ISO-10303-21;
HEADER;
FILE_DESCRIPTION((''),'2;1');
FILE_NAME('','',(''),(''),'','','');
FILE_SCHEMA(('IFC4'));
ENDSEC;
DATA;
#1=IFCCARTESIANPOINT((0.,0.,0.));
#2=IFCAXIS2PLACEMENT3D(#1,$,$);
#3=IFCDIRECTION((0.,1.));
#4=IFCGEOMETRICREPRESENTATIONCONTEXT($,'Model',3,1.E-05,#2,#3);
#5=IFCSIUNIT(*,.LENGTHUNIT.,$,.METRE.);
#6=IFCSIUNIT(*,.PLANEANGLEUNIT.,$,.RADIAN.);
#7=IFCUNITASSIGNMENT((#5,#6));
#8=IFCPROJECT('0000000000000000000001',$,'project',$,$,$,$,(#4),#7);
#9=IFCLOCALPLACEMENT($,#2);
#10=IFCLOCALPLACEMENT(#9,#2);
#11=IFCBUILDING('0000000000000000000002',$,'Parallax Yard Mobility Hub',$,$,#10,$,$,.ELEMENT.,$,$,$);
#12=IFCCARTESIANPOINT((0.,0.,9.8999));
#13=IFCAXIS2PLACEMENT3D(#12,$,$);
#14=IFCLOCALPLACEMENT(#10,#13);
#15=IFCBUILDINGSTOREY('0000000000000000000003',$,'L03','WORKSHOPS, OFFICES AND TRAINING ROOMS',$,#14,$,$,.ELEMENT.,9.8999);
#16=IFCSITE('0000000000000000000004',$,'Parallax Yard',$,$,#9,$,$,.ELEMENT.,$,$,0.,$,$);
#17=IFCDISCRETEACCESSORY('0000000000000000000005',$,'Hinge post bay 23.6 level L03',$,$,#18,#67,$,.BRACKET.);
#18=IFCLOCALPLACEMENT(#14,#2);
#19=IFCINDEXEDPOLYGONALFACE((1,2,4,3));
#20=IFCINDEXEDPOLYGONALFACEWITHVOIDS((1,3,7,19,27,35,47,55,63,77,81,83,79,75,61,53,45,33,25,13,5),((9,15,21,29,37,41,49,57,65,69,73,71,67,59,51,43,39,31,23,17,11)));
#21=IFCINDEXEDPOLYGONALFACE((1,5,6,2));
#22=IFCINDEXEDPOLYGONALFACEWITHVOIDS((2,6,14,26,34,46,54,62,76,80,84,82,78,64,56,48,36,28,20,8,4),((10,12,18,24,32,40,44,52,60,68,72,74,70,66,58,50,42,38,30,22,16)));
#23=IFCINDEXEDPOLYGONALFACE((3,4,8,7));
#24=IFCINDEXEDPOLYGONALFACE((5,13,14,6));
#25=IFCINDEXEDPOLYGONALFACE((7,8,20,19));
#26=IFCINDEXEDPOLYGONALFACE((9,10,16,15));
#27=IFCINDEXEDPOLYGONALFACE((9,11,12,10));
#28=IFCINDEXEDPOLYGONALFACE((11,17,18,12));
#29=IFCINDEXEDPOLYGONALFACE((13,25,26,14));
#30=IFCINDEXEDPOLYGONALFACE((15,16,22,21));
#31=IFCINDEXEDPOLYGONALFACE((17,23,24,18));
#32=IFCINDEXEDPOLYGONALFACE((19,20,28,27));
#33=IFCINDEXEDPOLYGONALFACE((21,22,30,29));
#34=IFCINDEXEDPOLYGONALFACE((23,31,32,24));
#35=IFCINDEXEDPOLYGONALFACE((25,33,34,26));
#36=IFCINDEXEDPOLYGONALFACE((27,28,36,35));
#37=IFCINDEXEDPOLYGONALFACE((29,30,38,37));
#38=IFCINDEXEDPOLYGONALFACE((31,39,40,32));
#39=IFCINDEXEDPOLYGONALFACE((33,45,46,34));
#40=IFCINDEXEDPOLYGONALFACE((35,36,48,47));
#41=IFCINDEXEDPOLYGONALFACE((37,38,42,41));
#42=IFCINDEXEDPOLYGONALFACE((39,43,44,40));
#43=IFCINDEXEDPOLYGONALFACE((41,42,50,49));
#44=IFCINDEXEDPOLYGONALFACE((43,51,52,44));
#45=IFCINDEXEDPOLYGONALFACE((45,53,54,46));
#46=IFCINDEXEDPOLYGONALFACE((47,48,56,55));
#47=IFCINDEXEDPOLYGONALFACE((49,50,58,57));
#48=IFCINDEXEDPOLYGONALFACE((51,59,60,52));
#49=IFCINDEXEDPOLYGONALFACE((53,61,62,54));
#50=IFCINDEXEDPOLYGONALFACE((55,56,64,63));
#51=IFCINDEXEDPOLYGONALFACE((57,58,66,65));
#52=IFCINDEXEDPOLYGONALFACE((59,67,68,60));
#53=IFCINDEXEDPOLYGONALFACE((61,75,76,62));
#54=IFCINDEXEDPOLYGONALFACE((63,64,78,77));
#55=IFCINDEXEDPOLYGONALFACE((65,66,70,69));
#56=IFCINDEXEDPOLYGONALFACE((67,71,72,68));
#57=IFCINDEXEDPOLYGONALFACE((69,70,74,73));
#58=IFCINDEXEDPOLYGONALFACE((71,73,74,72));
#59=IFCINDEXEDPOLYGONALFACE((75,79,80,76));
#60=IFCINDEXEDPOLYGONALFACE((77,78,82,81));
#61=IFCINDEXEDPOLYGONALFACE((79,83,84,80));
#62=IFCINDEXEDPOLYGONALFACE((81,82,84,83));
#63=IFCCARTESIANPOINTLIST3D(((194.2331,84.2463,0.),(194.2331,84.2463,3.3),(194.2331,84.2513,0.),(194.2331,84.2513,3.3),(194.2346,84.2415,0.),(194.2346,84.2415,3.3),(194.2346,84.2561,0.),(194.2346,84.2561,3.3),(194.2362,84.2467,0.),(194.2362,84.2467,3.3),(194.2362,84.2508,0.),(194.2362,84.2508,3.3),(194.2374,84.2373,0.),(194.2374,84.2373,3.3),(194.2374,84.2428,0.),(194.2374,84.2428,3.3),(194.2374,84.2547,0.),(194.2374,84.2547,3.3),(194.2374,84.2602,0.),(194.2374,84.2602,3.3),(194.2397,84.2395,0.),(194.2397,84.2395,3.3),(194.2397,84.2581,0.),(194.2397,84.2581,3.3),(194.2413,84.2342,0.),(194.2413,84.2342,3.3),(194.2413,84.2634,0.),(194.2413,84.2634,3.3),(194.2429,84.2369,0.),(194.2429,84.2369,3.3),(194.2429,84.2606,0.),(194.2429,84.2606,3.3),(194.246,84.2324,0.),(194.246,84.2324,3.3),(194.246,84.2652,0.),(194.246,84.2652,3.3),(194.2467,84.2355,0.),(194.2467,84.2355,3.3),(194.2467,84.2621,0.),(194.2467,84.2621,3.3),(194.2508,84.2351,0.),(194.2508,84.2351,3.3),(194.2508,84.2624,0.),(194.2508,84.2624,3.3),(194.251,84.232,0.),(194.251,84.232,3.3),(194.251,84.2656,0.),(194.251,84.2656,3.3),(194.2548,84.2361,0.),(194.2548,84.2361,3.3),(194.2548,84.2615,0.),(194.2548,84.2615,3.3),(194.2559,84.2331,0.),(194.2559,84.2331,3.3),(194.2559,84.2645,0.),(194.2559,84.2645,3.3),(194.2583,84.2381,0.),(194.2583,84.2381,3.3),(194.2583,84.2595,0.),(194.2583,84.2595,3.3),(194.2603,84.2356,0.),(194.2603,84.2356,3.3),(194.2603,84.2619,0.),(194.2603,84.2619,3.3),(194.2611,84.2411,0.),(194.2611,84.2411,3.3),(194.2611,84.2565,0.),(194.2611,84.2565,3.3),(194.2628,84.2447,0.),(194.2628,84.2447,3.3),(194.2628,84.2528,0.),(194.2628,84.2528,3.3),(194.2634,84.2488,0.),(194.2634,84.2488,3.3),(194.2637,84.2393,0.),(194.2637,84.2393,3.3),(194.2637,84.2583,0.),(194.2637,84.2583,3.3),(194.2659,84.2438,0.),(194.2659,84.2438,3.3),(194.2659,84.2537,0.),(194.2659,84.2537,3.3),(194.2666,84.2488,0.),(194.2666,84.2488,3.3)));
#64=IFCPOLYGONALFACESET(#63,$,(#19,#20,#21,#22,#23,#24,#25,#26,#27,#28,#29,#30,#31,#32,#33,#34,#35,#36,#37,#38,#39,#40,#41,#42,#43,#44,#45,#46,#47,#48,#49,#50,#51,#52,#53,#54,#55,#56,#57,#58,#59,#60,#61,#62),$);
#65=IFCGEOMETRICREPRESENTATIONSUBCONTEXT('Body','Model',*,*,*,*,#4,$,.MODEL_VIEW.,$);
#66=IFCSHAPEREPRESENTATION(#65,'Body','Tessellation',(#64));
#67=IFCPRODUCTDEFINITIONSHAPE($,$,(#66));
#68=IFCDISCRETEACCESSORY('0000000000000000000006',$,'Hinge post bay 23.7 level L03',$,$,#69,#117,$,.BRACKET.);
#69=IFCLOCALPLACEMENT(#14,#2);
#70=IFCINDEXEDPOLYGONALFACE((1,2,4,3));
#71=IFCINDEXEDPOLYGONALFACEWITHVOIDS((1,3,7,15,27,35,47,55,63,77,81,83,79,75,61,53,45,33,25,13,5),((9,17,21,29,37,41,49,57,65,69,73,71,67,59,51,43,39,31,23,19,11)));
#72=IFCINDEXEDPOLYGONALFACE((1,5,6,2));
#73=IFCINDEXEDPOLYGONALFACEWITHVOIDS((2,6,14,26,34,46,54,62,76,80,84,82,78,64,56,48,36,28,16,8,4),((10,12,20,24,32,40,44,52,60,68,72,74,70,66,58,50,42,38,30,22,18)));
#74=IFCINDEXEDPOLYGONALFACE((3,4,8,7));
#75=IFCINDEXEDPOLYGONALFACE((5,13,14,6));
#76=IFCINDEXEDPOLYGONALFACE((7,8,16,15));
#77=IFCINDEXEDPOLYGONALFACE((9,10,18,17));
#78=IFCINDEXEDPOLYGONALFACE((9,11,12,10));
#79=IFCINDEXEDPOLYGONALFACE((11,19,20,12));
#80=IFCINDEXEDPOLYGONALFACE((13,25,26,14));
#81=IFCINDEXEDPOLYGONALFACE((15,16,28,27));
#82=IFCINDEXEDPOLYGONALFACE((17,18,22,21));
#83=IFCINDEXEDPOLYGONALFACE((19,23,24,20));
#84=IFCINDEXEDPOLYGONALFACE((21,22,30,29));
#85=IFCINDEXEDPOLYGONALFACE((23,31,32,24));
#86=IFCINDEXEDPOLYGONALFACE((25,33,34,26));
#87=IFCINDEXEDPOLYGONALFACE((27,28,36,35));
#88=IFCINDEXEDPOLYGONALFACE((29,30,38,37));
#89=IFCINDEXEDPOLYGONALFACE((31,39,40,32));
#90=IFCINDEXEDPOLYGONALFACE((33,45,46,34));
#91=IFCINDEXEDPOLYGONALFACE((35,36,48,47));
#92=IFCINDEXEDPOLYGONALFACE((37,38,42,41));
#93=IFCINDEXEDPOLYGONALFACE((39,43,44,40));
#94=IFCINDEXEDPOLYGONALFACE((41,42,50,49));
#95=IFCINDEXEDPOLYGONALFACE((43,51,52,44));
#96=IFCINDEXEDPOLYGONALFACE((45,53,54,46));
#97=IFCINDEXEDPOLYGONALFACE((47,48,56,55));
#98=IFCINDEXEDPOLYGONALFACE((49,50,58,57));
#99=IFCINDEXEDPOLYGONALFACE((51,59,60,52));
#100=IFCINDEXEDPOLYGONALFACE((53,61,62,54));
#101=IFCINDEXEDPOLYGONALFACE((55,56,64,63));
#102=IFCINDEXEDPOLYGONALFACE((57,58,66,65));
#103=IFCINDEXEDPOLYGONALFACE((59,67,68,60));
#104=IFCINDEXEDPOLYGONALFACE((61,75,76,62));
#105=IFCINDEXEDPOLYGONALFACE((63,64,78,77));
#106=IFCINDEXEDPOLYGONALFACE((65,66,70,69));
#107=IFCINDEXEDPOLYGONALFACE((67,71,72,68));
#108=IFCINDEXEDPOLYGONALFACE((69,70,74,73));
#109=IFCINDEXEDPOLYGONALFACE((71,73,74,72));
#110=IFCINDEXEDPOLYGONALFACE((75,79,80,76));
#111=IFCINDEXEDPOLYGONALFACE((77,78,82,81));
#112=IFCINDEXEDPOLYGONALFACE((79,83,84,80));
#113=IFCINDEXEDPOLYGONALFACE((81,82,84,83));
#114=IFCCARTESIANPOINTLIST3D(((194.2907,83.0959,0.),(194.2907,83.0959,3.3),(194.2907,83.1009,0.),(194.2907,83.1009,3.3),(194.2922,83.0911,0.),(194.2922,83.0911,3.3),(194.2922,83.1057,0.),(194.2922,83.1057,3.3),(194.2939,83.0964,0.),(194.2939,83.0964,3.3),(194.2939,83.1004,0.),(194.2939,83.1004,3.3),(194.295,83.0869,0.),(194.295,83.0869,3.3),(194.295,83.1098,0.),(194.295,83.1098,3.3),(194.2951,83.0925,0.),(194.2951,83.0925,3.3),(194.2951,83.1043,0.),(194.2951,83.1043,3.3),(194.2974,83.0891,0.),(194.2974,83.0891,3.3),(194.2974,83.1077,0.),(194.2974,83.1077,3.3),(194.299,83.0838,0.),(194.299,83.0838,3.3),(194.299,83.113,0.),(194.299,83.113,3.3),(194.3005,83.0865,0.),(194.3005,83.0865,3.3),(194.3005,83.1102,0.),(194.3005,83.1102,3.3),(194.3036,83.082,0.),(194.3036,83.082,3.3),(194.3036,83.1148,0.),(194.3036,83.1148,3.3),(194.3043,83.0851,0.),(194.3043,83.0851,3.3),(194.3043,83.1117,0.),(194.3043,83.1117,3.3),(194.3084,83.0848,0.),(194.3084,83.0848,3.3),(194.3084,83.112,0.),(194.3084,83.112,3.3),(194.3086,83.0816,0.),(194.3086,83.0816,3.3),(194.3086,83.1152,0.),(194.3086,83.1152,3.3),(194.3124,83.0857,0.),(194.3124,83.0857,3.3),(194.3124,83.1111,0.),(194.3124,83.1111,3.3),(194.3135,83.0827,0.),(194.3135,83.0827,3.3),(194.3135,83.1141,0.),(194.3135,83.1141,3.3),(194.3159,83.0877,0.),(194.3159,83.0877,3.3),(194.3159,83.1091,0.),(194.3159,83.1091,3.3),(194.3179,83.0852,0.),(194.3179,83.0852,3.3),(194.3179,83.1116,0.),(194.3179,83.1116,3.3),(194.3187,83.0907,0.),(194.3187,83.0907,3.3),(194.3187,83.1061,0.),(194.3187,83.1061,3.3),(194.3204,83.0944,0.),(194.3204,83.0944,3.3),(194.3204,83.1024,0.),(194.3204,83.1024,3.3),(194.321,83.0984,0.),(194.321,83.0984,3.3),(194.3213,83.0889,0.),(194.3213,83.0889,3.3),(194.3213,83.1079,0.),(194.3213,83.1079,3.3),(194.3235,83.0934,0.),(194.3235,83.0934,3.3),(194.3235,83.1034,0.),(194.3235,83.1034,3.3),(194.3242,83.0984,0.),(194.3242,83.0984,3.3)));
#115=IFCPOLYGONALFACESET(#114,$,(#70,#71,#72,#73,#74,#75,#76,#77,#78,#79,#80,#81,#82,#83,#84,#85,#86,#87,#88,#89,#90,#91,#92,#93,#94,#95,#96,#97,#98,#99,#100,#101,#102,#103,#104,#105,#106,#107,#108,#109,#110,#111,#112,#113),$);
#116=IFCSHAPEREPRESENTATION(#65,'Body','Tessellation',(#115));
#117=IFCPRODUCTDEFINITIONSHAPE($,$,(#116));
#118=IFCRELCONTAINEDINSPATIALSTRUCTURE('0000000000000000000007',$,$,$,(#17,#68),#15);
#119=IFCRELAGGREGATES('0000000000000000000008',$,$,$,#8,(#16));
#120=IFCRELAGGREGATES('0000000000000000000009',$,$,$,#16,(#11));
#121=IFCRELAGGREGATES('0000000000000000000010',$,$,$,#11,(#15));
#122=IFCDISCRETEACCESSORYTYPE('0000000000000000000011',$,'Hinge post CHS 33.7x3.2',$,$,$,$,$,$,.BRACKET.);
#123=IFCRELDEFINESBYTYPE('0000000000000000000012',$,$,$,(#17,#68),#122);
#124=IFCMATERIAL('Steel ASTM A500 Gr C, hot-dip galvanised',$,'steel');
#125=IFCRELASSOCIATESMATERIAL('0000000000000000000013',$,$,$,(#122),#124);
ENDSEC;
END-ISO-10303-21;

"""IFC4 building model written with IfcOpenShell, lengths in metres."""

from ifc_helpers import new_model, si_unit, direction, frame, origin, origin_2d, place, context, subcontext, project, spatial, hollow_circle, extrude, material, material_profile, profile_set, type_object, element, save


model = new_model("IFC4")

# Units and contexts
model_context = context("Model", 3, precision=1e-05, world=origin(), true_north=direction((0.0, 1.0)))
body_context = subcontext(model_context, "Body", "Model", "MODEL_VIEW")
ifc_project = project(units=[si_unit("LENGTHUNIT", "METRE"), si_unit("PLANEANGLEUNIT", "RADIAN")], contexts=[model_context])

# Site, building, storey
site_placement = place(None, origin())
site = spatial("IfcSite", under=ifc_project, at=site_placement, Name="Parallax Yard", CompositionType="ELEMENT", RefElevation=0.0)
building_placement = place(site_placement, origin())
building = spatial("IfcBuilding", under=site, at=building_placement, Name="Parallax Yard Mobility Hub", CompositionType="ELEMENT")
storey_placement = place(building_placement, frame((0.0, 0.0, 9.8999)))
storey = spatial("IfcBuildingStorey", under=building, at=storey_placement, Name="L03", Description="WORKSHOPS, OFFICES AND TRAINING ROOMS", CompositionType="ELEMENT", Elevation=9.8999)

# Discrete accessories
ifc_material_1 = material(Name="Steel ASTM A500 Gr C, hot-dip galvanised", Category="steel")
ifc_material_profile_1 = material_profile(ifc_material_1, hollow_circle(Radius=0.0168, WallThickness=0.0032, at=origin_2d()), Name="CHS 33.7x3.2")
ifc_profile_set_1 = profile_set([ifc_material_profile_1], Name="Steel ASTM A500 Gr C, hot-dip galvanised")
discrete_accessory_type_1 = type_object("IfcDiscreteAccessoryType", Name="Hinge post CHS 33.7x3.2", PredefinedType="BRACKET", material=ifc_profile_set_1)
for number, where, z_axis, x_axis, name in (
    (1, (194.2498, 84.2488, 0.0), (0.0, 0.0, 1.0), (1.0, 0.0, 0.0), "Hinge post bay 23.6 level L03"),
    (2, (194.3074, 83.0984, 0.0), (0.0, 0.0, 1.0), (1.0, 0.0, 0.0), "Hinge post bay 23.7 level L03"),
):
    element("IfcDiscreteAccessory", number, at=place(storey_placement, frame(where, z_axis=z_axis, x_axis=x_axis)), inside=storey, type_object=discrete_accessory_type_1, Name=name, PredefinedType="BRACKET", context=body_context, shape_type="SweptSolid", body=[
        extrude(hollow_circle(Radius=0.0168, WallThickness=0.0032, at=origin_2d()), origin(), (0.0, 0.0, 1.0), 3.3),
    ])

save(model, "model.ifc")
